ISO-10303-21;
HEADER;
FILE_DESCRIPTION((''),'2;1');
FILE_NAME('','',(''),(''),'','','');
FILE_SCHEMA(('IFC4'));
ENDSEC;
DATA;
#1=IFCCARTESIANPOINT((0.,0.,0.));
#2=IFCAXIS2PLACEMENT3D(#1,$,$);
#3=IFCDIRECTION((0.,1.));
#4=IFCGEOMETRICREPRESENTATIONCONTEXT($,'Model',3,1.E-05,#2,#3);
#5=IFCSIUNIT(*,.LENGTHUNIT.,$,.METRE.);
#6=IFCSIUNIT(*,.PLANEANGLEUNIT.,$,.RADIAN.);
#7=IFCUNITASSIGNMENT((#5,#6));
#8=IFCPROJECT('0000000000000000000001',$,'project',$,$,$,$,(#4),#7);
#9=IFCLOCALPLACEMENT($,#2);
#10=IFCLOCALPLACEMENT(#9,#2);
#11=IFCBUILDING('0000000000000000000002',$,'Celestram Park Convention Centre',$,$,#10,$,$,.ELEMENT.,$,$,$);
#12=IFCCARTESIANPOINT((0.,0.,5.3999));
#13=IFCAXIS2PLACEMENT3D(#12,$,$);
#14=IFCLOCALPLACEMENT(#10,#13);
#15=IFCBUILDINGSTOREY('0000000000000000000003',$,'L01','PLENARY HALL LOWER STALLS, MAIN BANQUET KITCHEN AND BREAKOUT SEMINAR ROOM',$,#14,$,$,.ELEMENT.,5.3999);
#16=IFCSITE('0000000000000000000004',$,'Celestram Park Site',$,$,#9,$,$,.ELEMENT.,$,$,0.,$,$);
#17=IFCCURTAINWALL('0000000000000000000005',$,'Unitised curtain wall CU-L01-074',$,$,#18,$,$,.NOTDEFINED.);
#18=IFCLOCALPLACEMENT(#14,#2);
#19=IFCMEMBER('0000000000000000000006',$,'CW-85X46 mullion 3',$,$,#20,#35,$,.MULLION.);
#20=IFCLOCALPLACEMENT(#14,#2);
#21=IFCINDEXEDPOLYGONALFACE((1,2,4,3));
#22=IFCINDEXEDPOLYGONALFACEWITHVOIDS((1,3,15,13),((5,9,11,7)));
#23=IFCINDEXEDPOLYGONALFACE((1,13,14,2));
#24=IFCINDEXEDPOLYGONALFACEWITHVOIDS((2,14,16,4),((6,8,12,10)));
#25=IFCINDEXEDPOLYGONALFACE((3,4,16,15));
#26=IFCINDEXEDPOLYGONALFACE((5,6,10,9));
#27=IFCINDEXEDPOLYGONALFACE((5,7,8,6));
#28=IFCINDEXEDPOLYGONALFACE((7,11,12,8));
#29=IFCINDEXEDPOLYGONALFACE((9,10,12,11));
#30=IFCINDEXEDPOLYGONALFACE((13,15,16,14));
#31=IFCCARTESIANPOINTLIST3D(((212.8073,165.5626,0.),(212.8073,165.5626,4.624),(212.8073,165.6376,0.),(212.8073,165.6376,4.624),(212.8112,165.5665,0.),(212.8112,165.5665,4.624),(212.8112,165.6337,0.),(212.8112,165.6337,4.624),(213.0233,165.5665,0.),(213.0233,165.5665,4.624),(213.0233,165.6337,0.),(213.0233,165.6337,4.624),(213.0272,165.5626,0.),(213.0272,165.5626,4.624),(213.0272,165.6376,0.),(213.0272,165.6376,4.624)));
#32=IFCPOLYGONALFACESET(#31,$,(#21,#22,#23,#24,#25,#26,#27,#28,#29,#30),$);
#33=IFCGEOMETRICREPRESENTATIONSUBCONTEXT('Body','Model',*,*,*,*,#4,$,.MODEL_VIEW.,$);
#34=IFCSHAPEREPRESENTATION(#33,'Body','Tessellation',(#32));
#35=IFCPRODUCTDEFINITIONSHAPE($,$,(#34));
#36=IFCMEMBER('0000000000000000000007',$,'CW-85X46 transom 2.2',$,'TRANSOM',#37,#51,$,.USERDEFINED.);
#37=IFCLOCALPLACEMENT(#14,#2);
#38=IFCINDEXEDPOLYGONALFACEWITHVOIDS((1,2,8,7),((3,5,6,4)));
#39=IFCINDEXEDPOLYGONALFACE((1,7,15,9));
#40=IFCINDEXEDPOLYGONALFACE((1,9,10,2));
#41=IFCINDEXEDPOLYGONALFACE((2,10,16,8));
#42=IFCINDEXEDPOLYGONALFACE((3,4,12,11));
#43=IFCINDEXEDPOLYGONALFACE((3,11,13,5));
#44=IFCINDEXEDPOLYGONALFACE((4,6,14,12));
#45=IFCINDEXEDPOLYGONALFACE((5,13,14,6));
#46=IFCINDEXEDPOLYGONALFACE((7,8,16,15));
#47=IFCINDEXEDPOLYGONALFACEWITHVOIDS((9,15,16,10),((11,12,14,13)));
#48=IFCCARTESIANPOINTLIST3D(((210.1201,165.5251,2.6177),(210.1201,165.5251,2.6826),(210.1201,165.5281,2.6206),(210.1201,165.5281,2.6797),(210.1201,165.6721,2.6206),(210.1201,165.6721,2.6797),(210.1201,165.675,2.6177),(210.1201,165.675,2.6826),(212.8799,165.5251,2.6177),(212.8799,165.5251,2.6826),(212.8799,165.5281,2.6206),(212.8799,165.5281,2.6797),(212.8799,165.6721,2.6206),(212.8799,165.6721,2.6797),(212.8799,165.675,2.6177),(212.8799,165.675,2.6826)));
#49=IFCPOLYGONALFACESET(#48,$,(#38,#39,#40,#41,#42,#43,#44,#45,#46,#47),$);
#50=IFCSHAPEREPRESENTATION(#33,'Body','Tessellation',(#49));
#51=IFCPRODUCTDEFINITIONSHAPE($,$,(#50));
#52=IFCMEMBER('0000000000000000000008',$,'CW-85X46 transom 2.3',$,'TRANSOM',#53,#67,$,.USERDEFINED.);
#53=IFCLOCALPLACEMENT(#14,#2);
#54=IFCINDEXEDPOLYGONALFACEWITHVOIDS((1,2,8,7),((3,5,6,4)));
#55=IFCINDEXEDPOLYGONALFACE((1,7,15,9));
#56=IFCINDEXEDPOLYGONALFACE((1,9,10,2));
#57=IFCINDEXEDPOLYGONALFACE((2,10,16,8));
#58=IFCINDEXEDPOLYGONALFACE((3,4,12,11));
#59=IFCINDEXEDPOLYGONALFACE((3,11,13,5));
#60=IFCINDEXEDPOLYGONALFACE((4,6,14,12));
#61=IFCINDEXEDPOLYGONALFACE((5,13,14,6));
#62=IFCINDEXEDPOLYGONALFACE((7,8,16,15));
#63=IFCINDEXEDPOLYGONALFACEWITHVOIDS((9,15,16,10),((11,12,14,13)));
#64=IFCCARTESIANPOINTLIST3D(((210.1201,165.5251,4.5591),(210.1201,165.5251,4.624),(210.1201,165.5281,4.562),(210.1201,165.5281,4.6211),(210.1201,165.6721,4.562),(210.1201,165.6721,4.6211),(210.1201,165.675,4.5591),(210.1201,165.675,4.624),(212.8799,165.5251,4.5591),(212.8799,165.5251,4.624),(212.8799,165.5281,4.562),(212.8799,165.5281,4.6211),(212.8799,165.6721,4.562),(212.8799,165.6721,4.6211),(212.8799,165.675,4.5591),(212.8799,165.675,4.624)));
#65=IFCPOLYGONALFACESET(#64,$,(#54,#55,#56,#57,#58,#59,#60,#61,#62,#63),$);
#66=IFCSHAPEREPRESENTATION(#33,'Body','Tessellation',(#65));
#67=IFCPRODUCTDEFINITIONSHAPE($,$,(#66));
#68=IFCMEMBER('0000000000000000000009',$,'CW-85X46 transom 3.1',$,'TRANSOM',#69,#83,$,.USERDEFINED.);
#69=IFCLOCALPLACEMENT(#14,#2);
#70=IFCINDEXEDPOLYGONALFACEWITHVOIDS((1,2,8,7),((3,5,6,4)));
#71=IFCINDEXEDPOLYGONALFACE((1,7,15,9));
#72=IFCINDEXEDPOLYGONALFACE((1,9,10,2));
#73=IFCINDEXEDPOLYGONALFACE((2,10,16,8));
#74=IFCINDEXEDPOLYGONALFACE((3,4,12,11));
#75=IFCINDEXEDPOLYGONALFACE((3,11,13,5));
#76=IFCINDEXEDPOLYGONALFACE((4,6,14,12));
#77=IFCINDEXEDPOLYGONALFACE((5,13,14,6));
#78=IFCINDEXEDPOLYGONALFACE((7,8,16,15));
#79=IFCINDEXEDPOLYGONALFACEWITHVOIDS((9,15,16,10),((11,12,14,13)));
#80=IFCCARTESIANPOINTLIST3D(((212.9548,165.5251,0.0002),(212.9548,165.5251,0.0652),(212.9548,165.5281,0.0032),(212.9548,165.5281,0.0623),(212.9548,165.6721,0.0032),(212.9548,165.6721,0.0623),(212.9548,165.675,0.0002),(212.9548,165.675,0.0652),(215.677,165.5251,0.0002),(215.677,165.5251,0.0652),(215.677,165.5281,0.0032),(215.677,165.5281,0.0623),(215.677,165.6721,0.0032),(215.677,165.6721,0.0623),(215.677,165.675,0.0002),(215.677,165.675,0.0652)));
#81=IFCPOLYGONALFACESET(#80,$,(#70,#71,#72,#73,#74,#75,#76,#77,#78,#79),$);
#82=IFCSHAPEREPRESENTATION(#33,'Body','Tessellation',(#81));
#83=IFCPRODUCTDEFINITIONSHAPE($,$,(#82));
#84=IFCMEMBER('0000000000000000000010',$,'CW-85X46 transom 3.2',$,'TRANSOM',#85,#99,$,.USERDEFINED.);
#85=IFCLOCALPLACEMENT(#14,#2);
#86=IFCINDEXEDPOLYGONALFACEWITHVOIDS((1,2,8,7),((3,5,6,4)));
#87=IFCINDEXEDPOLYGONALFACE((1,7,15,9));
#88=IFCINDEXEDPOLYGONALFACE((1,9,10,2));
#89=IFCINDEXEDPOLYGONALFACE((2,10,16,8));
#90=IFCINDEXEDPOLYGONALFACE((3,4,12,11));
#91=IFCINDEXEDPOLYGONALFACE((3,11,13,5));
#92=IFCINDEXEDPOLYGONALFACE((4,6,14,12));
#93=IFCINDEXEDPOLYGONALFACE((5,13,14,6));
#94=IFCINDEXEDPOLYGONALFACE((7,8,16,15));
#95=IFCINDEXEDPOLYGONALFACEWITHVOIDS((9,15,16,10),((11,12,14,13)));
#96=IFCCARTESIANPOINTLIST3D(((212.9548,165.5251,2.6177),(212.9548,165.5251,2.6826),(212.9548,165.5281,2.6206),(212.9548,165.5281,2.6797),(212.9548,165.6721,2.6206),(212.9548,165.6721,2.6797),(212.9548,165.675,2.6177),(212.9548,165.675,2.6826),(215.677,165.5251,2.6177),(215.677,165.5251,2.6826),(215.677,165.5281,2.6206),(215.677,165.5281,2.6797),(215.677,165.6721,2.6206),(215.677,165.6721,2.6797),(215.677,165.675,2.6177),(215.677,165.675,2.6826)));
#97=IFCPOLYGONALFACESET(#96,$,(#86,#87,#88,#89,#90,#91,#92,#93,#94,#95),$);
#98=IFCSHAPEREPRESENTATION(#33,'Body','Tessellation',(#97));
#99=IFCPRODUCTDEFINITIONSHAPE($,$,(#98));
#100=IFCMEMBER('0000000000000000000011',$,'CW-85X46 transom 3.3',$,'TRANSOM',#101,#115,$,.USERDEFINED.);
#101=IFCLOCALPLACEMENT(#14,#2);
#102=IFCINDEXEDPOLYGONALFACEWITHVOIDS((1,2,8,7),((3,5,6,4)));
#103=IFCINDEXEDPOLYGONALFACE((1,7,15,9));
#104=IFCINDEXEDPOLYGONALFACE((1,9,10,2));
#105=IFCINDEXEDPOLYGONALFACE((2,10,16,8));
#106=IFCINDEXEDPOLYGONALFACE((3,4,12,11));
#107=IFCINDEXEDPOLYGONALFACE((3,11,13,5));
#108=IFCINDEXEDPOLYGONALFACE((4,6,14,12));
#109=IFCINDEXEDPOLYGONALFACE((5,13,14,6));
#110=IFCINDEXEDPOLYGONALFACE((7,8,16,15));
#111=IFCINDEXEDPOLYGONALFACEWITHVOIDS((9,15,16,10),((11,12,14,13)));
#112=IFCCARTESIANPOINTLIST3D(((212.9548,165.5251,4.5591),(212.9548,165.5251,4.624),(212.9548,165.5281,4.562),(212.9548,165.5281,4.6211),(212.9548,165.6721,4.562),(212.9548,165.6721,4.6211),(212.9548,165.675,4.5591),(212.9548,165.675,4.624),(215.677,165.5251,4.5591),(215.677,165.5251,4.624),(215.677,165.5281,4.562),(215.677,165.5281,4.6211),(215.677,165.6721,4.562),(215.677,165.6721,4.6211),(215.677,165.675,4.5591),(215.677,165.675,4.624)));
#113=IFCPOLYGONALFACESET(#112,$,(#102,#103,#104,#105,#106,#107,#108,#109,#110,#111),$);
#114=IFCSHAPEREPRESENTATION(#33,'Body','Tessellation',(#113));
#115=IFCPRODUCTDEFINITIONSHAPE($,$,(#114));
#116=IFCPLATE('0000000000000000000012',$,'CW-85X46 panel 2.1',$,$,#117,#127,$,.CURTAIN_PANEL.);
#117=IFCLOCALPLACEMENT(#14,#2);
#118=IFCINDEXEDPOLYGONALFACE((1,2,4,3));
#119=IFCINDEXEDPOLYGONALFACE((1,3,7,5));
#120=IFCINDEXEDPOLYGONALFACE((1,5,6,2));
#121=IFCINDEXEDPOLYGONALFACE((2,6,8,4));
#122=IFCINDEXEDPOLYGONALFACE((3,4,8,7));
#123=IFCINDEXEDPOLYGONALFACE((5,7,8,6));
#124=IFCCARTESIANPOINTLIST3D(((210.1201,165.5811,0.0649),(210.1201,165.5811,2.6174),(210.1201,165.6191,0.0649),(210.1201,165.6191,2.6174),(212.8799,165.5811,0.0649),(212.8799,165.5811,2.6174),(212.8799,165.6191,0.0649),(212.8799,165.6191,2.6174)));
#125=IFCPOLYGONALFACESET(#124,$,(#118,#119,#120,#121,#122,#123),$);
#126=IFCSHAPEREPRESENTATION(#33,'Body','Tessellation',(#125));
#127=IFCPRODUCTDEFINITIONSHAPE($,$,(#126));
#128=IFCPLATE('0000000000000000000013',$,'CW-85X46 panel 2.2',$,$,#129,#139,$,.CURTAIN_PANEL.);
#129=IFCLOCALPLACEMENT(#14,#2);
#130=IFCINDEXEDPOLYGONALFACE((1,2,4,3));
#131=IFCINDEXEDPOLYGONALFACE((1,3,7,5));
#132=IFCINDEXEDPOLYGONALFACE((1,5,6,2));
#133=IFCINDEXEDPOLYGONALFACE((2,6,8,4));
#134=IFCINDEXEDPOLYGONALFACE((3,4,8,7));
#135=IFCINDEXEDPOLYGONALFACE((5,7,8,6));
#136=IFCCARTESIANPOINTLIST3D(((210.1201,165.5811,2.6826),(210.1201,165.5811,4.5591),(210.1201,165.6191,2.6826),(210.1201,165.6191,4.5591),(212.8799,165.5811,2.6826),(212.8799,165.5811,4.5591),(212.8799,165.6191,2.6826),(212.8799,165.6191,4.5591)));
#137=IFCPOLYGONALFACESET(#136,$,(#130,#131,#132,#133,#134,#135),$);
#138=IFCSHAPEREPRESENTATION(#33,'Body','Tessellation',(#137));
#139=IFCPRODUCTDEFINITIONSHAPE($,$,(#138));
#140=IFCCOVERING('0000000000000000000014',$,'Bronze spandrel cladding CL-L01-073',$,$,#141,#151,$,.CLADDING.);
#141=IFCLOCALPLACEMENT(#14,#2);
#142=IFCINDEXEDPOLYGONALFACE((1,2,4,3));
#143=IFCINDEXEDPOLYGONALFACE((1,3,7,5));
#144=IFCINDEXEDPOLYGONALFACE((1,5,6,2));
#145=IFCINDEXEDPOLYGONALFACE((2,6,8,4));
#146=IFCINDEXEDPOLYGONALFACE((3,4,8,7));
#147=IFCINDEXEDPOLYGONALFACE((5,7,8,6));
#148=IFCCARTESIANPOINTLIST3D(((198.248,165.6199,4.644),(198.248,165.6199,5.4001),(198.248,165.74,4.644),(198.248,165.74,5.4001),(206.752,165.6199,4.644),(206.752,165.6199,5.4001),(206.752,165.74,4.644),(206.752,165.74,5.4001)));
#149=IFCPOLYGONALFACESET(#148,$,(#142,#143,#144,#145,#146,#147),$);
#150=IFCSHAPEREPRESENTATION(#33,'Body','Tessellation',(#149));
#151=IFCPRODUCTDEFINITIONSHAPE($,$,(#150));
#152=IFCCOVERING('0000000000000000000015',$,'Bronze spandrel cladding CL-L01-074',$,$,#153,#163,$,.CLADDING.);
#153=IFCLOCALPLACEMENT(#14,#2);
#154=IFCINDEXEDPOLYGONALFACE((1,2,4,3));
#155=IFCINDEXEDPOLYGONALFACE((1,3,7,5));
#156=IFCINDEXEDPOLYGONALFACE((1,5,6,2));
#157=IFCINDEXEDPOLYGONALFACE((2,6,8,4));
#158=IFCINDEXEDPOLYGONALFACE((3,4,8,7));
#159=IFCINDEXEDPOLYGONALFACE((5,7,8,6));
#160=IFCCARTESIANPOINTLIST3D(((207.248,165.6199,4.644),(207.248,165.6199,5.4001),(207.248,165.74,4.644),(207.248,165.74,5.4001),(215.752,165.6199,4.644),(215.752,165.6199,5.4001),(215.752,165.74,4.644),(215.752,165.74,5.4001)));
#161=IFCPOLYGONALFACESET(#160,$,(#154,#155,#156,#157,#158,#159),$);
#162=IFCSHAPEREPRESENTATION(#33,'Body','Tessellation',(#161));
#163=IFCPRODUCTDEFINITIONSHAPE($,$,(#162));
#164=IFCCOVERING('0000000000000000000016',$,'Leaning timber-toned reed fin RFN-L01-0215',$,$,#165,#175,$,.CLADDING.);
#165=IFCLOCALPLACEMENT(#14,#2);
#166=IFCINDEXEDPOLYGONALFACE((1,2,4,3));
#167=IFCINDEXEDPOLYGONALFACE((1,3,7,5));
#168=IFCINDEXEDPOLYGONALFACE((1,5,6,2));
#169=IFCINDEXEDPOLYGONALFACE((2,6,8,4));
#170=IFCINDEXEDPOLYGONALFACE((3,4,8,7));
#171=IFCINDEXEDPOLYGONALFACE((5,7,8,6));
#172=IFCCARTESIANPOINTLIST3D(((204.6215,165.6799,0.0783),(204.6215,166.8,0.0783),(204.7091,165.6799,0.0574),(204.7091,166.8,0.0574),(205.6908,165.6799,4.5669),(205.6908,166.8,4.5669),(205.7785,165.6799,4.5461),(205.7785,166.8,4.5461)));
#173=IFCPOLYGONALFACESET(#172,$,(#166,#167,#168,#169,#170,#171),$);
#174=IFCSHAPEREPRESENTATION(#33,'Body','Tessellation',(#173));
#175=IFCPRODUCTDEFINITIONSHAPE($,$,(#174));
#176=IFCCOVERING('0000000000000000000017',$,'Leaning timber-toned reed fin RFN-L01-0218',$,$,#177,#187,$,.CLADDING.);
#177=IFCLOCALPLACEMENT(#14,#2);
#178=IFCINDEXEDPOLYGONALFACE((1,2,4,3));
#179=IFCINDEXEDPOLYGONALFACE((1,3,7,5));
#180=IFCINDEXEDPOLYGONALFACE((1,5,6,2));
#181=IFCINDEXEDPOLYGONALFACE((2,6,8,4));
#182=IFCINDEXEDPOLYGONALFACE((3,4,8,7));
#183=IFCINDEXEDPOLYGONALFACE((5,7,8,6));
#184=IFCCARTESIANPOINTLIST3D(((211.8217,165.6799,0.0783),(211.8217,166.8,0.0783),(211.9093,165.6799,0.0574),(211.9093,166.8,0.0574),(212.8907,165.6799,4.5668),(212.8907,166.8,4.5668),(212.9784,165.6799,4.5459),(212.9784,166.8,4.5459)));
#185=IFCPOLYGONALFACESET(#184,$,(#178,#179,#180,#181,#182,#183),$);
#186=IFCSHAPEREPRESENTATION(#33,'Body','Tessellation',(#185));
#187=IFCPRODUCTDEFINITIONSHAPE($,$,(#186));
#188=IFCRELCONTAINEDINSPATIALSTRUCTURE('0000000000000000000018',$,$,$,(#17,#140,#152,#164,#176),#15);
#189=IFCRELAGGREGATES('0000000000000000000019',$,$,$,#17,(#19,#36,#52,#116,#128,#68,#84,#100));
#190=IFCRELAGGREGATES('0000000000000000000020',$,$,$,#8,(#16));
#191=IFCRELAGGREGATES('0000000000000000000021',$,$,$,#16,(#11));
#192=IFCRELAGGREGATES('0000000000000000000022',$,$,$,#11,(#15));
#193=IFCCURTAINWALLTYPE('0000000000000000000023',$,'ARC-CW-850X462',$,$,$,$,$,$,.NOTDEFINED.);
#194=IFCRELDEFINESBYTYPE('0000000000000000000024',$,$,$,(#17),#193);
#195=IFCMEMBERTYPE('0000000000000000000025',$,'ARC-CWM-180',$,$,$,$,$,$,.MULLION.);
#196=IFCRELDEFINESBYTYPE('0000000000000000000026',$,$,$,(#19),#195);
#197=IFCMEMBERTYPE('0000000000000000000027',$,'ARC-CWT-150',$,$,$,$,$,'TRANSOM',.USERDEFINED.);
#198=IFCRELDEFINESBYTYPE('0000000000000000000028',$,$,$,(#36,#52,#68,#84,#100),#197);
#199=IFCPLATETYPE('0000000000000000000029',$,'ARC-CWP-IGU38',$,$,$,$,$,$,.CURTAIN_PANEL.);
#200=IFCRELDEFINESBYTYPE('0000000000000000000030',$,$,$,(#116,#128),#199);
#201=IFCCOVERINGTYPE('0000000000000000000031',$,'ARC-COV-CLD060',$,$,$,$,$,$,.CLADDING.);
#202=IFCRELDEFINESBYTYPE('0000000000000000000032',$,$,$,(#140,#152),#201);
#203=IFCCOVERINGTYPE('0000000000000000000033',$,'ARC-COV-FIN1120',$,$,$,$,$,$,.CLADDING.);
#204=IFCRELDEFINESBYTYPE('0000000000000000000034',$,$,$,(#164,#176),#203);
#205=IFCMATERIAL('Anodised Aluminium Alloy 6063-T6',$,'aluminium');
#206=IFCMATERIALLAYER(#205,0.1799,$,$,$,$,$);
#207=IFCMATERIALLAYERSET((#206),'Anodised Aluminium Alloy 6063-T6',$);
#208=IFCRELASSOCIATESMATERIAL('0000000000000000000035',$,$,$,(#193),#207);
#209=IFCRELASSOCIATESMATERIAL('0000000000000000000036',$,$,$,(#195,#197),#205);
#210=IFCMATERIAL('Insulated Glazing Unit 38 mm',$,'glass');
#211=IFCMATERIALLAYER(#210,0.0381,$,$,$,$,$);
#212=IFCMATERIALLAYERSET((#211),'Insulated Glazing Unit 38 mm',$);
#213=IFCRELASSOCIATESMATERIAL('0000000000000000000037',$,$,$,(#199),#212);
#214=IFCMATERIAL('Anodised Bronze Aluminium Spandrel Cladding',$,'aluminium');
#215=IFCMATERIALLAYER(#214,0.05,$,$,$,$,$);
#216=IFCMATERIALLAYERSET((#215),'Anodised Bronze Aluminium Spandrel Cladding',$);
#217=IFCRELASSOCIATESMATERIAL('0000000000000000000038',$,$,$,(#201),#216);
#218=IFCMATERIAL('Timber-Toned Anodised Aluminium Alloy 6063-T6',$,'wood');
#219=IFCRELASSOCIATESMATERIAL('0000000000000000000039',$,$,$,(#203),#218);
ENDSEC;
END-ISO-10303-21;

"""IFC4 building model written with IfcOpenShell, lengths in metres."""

from ifc_helpers import new_model, si_unit, direction, frame, origin, origin_2d, place, context, subcontext, project, spatial, rectangle, hollow_rectangle, extrude, material, layer, layer_set, material_profile, profile_set, type_object, element, aggregate, save


model = new_model("IFC4")

# Units and contexts
model_context = context("Model", 3, precision=1e-05, world=origin(), true_north=direction((0.0, 1.0)))
body_context = subcontext(model_context, "Body", "Model", "MODEL_VIEW")
ifc_project = project(units=[si_unit("LENGTHUNIT", "METRE"), si_unit("PLANEANGLEUNIT", "RADIAN")], contexts=[model_context])

# Site, building, storey
site_placement = place(None, origin())
site = spatial("IfcSite", under=ifc_project, at=site_placement, Name="Celestram Park Site", CompositionType="ELEMENT", RefElevation=0.0)
building_placement = place(site_placement, origin())
building = spatial("IfcBuilding", under=site, at=building_placement, Name="Celestram Park Convention Centre", CompositionType="ELEMENT")
storey_placement = place(building_placement, frame((0.0, 0.0, 5.3999)))
storey = spatial("IfcBuildingStorey", under=building, at=storey_placement, Name="L01", Description="PLENARY HALL LOWER STALLS, MAIN BANQUET KITCHEN AND BREAKOUT SEMINAR ROOM", CompositionType="ELEMENT", Elevation=5.3999)

# Curtain wall, members, plates
ifc_material_1 = material(Name="Anodised Aluminium Alloy 6063-T6", Category="aluminium")
ifc_layer_1 = layer(ifc_material_1, 0.1799)
ifc_layer_set_1 = layer_set([ifc_layer_1], Name="Anodised Aluminium Alloy 6063-T6")
curtain_wall_type = type_object("IfcCurtainWallType", Name="ARC-CW-850X462", PredefinedType="NOTDEFINED", material=ifc_layer_set_1)
curtain_wall_placement = place(storey_placement, origin())
curtain_wall = element("IfcCurtainWall", 1, at=curtain_wall_placement, inside=storey, type_object=curtain_wall_type, Name="Unitised curtain wall CU-L01-074", PredefinedType="NOTDEFINED")
ifc_material_profile_1 = material_profile(ifc_material_1, hollow_rectangle(XDim=0.075, YDim=0.22, WallThickness=0.0039, at=origin_2d()), Name="ALU75X220X4")
ifc_profile_set_1 = profile_set([ifc_material_profile_1], Name="Anodised Aluminium Alloy 6063-T6")
member_type_1 = type_object("IfcMemberType", Name="ARC-CWM-180", PredefinedType="MULLION", material=ifc_profile_set_1)
member_1_placement = place(storey_placement, frame((212.9172, 165.6001, 0.0), z_axis=(0.0, 0.0, 1.0), x_axis=(0.0, 1.0, 0.0)))
member_1 = element("IfcMember", 2, at=member_1_placement, type_object=member_type_1, Name="CW-85X46 mullion 3", PredefinedType="MULLION", context=body_context, shape_type="SweptSolid", body=[
    extrude(hollow_rectangle(XDim=0.075, YDim=0.22, WallThickness=0.0039, at=origin_2d()), origin(), (0.0, 0.0, 1.0), 4.624),
])
ifc_material_profile_2 = material_profile(ifc_material_1, hollow_rectangle(XDim=0.1499, YDim=0.0649, WallThickness=0.0029, at=origin_2d()), Name="ALU150X65X3")
ifc_profile_set_2 = profile_set([ifc_material_profile_2], Name="Anodised Aluminium Alloy 6063-T6")
member_type_2 = type_object("IfcMemberType", Name="ARC-CWT-150", ElementType="TRANSOM", PredefinedType="USERDEFINED", material=ifc_profile_set_2)
member_2_placement = place(storey_placement, frame((210.1201, 165.6001, 2.6501), z_axis=(1.0, 0.0, 0.0), x_axis=(0.0, 1.0, 0.0)))
member_2 = element("IfcMember", 3, at=member_2_placement, type_object=member_type_2, Name="CW-85X46 transom 2.2", ObjectType="TRANSOM", PredefinedType="USERDEFINED", context=body_context, shape_type="SweptSolid", body=[
    extrude(hollow_rectangle(XDim=0.1499, YDim=0.0649, WallThickness=0.0029, at=origin_2d()), origin(), (0.0, 0.0, 1.0), 2.7598),
])
member_3_placement = place(storey_placement, frame((210.1201, 165.6001, 4.5916), z_axis=(1.0, 0.0, 0.0), x_axis=(0.0, 1.0, 0.0)))
member_3 = element("IfcMember", 4, at=member_3_placement, type_object=member_type_2, Name="CW-85X46 transom 2.3", ObjectType="TRANSOM", PredefinedType="USERDEFINED", context=body_context, shape_type="SweptSolid", body=[
    extrude(hollow_rectangle(XDim=0.1499, YDim=0.0649, WallThickness=0.0029, at=origin_2d()), origin(), (0.0, 0.0, 1.0), 2.7598),
])
member_4_placement = place(storey_placement, frame((212.9548, 165.6001, 0.0327), z_axis=(1.0, 0.0, 0.0), x_axis=(0.0, 1.0, 0.0)))
member_4 = element("IfcMember", 5, at=member_4_placement, type_object=member_type_2, Name="CW-85X46 transom 3.1", ObjectType="TRANSOM", PredefinedType="USERDEFINED", context=body_context, shape_type="SweptSolid", body=[
    extrude(hollow_rectangle(XDim=0.1499, YDim=0.0649, WallThickness=0.0029, at=origin_2d()), origin(), (0.0, 0.0, 1.0), 2.7222),
])
member_5_placement = place(storey_placement, frame((212.9548, 165.6001, 2.6501), z_axis=(1.0, 0.0, 0.0), x_axis=(0.0, 1.0, 0.0)))
member_5 = element("IfcMember", 6, at=member_5_placement, type_object=member_type_2, Name="CW-85X46 transom 3.2", ObjectType="TRANSOM", PredefinedType="USERDEFINED", context=body_context, shape_type="SweptSolid", body=[
    extrude(hollow_rectangle(XDim=0.1499, YDim=0.0649, WallThickness=0.0029, at=origin_2d()), origin(), (0.0, 0.0, 1.0), 2.7222),
])
member_6_placement = place(storey_placement, frame((212.9548, 165.6001, 4.5916), z_axis=(1.0, 0.0, 0.0), x_axis=(0.0, 1.0, 0.0)))
member_6 = element("IfcMember", 7, at=member_6_placement, type_object=member_type_2, Name="CW-85X46 transom 3.3", ObjectType="TRANSOM", PredefinedType="USERDEFINED", context=body_context, shape_type="SweptSolid", body=[
    extrude(hollow_rectangle(XDim=0.1499, YDim=0.0649, WallThickness=0.0029, at=origin_2d()), origin(), (0.0, 0.0, 1.0), 2.7222),
])
ifc_material_2 = material(Name="Insulated Glazing Unit 38 mm", Category="glass")
ifc_layer_2 = layer(ifc_material_2, 0.0381)
ifc_layer_set_2 = layer_set([ifc_layer_2], Name="Insulated Glazing Unit 38 mm")
plate_type = type_object("IfcPlateType", Name="ARC-CWP-IGU38", PredefinedType="CURTAIN_PANEL", material=ifc_layer_set_2)
plate_1_placement = place(storey_placement, frame((211.5, 165.6001, 0.0649), z_axis=(0.0, 0.0, 1.0), x_axis=(1.0, 0.0, 0.0)))
plate_1 = element("IfcPlate", 8, at=plate_1_placement, type_object=plate_type, Name="CW-85X46 panel 2.1", PredefinedType="CURTAIN_PANEL", context=body_context, shape_type="SweptSolid", body=[
    extrude(rectangle(XDim=2.7598, YDim=0.0381, at=origin_2d()), origin(), (0.0, 0.0, 1.0), 2.5525),
])
plate_2_placement = place(storey_placement, frame((211.5, 165.6001, 2.6826), z_axis=(0.0, 0.0, 1.0), x_axis=(1.0, 0.0, 0.0)))
plate_2 = element("IfcPlate", 9, at=plate_2_placement, type_object=plate_type, Name="CW-85X46 panel 2.2", PredefinedType="CURTAIN_PANEL", context=body_context, shape_type="SweptSolid", body=[
    extrude(rectangle(XDim=2.7598, YDim=0.0381, at=origin_2d()), origin(), (0.0, 0.0, 1.0), 1.8765),
])
aggregate(curtain_wall, [member_1, member_2, member_3, plate_1, plate_2, member_4, member_5, member_6])

# Coverings
ifc_material_3 = material(Name="Anodised Bronze Aluminium Spandrel Cladding", Category="aluminium")
ifc_layer_3 = layer(ifc_material_3, 0.05)
ifc_layer_set_3 = layer_set([ifc_layer_3], Name="Anodised Bronze Aluminium Spandrel Cladding")
covering_type_1 = type_object("IfcCoveringType", Name="ARC-COV-CLD060", PredefinedType="CLADDING", material=ifc_layer_set_3)
for number, where, z_axis, x_axis, name in (
    (10, (202.5, 165.6799, 4.644), (0.0, 0.0, 1.0), (1.0, 0.0, 0.0), "Bronze spandrel cladding CL-L01-073"),
    (11, (211.5, 165.6799, 4.644), (0.0, 0.0, 1.0), (1.0, 0.0, 0.0), "Bronze spandrel cladding CL-L01-074"),
):
    element("IfcCovering", number, at=place(storey_placement, frame(where, z_axis=z_axis, x_axis=x_axis)), inside=storey, type_object=covering_type_1, Name=name, PredefinedType="CLADDING", context=body_context, shape_type="SweptSolid", body=[
        extrude(rectangle(XDim=8.5039, YDim=0.1201, at=origin_2d()), origin(), (0.0, 0.0, 1.0), 0.7561),
    ])
ifc_material_4 = material(Name="Timber-Toned Anodised Aluminium Alloy 6063-T6", Category="wood")
ifc_material_profile_3 = material_profile(ifc_material_4, rectangle(XDim=1.1201, YDim=0.0901, at=origin_2d()), Name="REED1120X90")
ifc_profile_set_3 = profile_set([ifc_material_profile_3], Name="Timber-Toned Anodised Aluminium Alloy 6063-T6")
covering_type_2 = type_object("IfcCoveringType", Name="ARC-COV-FIN1120", PredefinedType="CLADDING", material=ifc_profile_set_3)
covering_1_placement = place(storey_placement, frame((204.6653, 166.24, 0.0679), z_axis=(0.231752, 0.0, 0.972775), x_axis=(0.0, 1.0, 0.0)))
element("IfcCovering", 12, at=covering_1_placement, inside=storey, type_object=covering_type_2, Name="Leaning timber-toned reed fin RFN-L01-0215", PredefinedType="CLADDING", context=body_context, shape_type="SweptSolid", body=[
    extrude(rectangle(XDim=1.1201, YDim=0.0901, at=origin_2d()), origin(), (0.0, 0.0, 1.0), 4.6143),
])
covering_2_placement = place(storey_placement, frame((211.8655, 166.24, 0.0679), z_axis=(0.231702, 0.0, 0.972787), x_axis=(0.0, 1.0, 0.0)))
element("IfcCovering", 13, at=covering_2_placement, inside=storey, type_object=covering_type_2, Name="Leaning timber-toned reed fin RFN-L01-0218", PredefinedType="CLADDING", context=body_context, shape_type="SweptSolid", body=[
    extrude(rectangle(XDim=1.1201, YDim=0.0901, at=origin_2d()), origin(), (0.0, 0.0, 1.0), 4.614),
])

save(model, "model.ifc")
